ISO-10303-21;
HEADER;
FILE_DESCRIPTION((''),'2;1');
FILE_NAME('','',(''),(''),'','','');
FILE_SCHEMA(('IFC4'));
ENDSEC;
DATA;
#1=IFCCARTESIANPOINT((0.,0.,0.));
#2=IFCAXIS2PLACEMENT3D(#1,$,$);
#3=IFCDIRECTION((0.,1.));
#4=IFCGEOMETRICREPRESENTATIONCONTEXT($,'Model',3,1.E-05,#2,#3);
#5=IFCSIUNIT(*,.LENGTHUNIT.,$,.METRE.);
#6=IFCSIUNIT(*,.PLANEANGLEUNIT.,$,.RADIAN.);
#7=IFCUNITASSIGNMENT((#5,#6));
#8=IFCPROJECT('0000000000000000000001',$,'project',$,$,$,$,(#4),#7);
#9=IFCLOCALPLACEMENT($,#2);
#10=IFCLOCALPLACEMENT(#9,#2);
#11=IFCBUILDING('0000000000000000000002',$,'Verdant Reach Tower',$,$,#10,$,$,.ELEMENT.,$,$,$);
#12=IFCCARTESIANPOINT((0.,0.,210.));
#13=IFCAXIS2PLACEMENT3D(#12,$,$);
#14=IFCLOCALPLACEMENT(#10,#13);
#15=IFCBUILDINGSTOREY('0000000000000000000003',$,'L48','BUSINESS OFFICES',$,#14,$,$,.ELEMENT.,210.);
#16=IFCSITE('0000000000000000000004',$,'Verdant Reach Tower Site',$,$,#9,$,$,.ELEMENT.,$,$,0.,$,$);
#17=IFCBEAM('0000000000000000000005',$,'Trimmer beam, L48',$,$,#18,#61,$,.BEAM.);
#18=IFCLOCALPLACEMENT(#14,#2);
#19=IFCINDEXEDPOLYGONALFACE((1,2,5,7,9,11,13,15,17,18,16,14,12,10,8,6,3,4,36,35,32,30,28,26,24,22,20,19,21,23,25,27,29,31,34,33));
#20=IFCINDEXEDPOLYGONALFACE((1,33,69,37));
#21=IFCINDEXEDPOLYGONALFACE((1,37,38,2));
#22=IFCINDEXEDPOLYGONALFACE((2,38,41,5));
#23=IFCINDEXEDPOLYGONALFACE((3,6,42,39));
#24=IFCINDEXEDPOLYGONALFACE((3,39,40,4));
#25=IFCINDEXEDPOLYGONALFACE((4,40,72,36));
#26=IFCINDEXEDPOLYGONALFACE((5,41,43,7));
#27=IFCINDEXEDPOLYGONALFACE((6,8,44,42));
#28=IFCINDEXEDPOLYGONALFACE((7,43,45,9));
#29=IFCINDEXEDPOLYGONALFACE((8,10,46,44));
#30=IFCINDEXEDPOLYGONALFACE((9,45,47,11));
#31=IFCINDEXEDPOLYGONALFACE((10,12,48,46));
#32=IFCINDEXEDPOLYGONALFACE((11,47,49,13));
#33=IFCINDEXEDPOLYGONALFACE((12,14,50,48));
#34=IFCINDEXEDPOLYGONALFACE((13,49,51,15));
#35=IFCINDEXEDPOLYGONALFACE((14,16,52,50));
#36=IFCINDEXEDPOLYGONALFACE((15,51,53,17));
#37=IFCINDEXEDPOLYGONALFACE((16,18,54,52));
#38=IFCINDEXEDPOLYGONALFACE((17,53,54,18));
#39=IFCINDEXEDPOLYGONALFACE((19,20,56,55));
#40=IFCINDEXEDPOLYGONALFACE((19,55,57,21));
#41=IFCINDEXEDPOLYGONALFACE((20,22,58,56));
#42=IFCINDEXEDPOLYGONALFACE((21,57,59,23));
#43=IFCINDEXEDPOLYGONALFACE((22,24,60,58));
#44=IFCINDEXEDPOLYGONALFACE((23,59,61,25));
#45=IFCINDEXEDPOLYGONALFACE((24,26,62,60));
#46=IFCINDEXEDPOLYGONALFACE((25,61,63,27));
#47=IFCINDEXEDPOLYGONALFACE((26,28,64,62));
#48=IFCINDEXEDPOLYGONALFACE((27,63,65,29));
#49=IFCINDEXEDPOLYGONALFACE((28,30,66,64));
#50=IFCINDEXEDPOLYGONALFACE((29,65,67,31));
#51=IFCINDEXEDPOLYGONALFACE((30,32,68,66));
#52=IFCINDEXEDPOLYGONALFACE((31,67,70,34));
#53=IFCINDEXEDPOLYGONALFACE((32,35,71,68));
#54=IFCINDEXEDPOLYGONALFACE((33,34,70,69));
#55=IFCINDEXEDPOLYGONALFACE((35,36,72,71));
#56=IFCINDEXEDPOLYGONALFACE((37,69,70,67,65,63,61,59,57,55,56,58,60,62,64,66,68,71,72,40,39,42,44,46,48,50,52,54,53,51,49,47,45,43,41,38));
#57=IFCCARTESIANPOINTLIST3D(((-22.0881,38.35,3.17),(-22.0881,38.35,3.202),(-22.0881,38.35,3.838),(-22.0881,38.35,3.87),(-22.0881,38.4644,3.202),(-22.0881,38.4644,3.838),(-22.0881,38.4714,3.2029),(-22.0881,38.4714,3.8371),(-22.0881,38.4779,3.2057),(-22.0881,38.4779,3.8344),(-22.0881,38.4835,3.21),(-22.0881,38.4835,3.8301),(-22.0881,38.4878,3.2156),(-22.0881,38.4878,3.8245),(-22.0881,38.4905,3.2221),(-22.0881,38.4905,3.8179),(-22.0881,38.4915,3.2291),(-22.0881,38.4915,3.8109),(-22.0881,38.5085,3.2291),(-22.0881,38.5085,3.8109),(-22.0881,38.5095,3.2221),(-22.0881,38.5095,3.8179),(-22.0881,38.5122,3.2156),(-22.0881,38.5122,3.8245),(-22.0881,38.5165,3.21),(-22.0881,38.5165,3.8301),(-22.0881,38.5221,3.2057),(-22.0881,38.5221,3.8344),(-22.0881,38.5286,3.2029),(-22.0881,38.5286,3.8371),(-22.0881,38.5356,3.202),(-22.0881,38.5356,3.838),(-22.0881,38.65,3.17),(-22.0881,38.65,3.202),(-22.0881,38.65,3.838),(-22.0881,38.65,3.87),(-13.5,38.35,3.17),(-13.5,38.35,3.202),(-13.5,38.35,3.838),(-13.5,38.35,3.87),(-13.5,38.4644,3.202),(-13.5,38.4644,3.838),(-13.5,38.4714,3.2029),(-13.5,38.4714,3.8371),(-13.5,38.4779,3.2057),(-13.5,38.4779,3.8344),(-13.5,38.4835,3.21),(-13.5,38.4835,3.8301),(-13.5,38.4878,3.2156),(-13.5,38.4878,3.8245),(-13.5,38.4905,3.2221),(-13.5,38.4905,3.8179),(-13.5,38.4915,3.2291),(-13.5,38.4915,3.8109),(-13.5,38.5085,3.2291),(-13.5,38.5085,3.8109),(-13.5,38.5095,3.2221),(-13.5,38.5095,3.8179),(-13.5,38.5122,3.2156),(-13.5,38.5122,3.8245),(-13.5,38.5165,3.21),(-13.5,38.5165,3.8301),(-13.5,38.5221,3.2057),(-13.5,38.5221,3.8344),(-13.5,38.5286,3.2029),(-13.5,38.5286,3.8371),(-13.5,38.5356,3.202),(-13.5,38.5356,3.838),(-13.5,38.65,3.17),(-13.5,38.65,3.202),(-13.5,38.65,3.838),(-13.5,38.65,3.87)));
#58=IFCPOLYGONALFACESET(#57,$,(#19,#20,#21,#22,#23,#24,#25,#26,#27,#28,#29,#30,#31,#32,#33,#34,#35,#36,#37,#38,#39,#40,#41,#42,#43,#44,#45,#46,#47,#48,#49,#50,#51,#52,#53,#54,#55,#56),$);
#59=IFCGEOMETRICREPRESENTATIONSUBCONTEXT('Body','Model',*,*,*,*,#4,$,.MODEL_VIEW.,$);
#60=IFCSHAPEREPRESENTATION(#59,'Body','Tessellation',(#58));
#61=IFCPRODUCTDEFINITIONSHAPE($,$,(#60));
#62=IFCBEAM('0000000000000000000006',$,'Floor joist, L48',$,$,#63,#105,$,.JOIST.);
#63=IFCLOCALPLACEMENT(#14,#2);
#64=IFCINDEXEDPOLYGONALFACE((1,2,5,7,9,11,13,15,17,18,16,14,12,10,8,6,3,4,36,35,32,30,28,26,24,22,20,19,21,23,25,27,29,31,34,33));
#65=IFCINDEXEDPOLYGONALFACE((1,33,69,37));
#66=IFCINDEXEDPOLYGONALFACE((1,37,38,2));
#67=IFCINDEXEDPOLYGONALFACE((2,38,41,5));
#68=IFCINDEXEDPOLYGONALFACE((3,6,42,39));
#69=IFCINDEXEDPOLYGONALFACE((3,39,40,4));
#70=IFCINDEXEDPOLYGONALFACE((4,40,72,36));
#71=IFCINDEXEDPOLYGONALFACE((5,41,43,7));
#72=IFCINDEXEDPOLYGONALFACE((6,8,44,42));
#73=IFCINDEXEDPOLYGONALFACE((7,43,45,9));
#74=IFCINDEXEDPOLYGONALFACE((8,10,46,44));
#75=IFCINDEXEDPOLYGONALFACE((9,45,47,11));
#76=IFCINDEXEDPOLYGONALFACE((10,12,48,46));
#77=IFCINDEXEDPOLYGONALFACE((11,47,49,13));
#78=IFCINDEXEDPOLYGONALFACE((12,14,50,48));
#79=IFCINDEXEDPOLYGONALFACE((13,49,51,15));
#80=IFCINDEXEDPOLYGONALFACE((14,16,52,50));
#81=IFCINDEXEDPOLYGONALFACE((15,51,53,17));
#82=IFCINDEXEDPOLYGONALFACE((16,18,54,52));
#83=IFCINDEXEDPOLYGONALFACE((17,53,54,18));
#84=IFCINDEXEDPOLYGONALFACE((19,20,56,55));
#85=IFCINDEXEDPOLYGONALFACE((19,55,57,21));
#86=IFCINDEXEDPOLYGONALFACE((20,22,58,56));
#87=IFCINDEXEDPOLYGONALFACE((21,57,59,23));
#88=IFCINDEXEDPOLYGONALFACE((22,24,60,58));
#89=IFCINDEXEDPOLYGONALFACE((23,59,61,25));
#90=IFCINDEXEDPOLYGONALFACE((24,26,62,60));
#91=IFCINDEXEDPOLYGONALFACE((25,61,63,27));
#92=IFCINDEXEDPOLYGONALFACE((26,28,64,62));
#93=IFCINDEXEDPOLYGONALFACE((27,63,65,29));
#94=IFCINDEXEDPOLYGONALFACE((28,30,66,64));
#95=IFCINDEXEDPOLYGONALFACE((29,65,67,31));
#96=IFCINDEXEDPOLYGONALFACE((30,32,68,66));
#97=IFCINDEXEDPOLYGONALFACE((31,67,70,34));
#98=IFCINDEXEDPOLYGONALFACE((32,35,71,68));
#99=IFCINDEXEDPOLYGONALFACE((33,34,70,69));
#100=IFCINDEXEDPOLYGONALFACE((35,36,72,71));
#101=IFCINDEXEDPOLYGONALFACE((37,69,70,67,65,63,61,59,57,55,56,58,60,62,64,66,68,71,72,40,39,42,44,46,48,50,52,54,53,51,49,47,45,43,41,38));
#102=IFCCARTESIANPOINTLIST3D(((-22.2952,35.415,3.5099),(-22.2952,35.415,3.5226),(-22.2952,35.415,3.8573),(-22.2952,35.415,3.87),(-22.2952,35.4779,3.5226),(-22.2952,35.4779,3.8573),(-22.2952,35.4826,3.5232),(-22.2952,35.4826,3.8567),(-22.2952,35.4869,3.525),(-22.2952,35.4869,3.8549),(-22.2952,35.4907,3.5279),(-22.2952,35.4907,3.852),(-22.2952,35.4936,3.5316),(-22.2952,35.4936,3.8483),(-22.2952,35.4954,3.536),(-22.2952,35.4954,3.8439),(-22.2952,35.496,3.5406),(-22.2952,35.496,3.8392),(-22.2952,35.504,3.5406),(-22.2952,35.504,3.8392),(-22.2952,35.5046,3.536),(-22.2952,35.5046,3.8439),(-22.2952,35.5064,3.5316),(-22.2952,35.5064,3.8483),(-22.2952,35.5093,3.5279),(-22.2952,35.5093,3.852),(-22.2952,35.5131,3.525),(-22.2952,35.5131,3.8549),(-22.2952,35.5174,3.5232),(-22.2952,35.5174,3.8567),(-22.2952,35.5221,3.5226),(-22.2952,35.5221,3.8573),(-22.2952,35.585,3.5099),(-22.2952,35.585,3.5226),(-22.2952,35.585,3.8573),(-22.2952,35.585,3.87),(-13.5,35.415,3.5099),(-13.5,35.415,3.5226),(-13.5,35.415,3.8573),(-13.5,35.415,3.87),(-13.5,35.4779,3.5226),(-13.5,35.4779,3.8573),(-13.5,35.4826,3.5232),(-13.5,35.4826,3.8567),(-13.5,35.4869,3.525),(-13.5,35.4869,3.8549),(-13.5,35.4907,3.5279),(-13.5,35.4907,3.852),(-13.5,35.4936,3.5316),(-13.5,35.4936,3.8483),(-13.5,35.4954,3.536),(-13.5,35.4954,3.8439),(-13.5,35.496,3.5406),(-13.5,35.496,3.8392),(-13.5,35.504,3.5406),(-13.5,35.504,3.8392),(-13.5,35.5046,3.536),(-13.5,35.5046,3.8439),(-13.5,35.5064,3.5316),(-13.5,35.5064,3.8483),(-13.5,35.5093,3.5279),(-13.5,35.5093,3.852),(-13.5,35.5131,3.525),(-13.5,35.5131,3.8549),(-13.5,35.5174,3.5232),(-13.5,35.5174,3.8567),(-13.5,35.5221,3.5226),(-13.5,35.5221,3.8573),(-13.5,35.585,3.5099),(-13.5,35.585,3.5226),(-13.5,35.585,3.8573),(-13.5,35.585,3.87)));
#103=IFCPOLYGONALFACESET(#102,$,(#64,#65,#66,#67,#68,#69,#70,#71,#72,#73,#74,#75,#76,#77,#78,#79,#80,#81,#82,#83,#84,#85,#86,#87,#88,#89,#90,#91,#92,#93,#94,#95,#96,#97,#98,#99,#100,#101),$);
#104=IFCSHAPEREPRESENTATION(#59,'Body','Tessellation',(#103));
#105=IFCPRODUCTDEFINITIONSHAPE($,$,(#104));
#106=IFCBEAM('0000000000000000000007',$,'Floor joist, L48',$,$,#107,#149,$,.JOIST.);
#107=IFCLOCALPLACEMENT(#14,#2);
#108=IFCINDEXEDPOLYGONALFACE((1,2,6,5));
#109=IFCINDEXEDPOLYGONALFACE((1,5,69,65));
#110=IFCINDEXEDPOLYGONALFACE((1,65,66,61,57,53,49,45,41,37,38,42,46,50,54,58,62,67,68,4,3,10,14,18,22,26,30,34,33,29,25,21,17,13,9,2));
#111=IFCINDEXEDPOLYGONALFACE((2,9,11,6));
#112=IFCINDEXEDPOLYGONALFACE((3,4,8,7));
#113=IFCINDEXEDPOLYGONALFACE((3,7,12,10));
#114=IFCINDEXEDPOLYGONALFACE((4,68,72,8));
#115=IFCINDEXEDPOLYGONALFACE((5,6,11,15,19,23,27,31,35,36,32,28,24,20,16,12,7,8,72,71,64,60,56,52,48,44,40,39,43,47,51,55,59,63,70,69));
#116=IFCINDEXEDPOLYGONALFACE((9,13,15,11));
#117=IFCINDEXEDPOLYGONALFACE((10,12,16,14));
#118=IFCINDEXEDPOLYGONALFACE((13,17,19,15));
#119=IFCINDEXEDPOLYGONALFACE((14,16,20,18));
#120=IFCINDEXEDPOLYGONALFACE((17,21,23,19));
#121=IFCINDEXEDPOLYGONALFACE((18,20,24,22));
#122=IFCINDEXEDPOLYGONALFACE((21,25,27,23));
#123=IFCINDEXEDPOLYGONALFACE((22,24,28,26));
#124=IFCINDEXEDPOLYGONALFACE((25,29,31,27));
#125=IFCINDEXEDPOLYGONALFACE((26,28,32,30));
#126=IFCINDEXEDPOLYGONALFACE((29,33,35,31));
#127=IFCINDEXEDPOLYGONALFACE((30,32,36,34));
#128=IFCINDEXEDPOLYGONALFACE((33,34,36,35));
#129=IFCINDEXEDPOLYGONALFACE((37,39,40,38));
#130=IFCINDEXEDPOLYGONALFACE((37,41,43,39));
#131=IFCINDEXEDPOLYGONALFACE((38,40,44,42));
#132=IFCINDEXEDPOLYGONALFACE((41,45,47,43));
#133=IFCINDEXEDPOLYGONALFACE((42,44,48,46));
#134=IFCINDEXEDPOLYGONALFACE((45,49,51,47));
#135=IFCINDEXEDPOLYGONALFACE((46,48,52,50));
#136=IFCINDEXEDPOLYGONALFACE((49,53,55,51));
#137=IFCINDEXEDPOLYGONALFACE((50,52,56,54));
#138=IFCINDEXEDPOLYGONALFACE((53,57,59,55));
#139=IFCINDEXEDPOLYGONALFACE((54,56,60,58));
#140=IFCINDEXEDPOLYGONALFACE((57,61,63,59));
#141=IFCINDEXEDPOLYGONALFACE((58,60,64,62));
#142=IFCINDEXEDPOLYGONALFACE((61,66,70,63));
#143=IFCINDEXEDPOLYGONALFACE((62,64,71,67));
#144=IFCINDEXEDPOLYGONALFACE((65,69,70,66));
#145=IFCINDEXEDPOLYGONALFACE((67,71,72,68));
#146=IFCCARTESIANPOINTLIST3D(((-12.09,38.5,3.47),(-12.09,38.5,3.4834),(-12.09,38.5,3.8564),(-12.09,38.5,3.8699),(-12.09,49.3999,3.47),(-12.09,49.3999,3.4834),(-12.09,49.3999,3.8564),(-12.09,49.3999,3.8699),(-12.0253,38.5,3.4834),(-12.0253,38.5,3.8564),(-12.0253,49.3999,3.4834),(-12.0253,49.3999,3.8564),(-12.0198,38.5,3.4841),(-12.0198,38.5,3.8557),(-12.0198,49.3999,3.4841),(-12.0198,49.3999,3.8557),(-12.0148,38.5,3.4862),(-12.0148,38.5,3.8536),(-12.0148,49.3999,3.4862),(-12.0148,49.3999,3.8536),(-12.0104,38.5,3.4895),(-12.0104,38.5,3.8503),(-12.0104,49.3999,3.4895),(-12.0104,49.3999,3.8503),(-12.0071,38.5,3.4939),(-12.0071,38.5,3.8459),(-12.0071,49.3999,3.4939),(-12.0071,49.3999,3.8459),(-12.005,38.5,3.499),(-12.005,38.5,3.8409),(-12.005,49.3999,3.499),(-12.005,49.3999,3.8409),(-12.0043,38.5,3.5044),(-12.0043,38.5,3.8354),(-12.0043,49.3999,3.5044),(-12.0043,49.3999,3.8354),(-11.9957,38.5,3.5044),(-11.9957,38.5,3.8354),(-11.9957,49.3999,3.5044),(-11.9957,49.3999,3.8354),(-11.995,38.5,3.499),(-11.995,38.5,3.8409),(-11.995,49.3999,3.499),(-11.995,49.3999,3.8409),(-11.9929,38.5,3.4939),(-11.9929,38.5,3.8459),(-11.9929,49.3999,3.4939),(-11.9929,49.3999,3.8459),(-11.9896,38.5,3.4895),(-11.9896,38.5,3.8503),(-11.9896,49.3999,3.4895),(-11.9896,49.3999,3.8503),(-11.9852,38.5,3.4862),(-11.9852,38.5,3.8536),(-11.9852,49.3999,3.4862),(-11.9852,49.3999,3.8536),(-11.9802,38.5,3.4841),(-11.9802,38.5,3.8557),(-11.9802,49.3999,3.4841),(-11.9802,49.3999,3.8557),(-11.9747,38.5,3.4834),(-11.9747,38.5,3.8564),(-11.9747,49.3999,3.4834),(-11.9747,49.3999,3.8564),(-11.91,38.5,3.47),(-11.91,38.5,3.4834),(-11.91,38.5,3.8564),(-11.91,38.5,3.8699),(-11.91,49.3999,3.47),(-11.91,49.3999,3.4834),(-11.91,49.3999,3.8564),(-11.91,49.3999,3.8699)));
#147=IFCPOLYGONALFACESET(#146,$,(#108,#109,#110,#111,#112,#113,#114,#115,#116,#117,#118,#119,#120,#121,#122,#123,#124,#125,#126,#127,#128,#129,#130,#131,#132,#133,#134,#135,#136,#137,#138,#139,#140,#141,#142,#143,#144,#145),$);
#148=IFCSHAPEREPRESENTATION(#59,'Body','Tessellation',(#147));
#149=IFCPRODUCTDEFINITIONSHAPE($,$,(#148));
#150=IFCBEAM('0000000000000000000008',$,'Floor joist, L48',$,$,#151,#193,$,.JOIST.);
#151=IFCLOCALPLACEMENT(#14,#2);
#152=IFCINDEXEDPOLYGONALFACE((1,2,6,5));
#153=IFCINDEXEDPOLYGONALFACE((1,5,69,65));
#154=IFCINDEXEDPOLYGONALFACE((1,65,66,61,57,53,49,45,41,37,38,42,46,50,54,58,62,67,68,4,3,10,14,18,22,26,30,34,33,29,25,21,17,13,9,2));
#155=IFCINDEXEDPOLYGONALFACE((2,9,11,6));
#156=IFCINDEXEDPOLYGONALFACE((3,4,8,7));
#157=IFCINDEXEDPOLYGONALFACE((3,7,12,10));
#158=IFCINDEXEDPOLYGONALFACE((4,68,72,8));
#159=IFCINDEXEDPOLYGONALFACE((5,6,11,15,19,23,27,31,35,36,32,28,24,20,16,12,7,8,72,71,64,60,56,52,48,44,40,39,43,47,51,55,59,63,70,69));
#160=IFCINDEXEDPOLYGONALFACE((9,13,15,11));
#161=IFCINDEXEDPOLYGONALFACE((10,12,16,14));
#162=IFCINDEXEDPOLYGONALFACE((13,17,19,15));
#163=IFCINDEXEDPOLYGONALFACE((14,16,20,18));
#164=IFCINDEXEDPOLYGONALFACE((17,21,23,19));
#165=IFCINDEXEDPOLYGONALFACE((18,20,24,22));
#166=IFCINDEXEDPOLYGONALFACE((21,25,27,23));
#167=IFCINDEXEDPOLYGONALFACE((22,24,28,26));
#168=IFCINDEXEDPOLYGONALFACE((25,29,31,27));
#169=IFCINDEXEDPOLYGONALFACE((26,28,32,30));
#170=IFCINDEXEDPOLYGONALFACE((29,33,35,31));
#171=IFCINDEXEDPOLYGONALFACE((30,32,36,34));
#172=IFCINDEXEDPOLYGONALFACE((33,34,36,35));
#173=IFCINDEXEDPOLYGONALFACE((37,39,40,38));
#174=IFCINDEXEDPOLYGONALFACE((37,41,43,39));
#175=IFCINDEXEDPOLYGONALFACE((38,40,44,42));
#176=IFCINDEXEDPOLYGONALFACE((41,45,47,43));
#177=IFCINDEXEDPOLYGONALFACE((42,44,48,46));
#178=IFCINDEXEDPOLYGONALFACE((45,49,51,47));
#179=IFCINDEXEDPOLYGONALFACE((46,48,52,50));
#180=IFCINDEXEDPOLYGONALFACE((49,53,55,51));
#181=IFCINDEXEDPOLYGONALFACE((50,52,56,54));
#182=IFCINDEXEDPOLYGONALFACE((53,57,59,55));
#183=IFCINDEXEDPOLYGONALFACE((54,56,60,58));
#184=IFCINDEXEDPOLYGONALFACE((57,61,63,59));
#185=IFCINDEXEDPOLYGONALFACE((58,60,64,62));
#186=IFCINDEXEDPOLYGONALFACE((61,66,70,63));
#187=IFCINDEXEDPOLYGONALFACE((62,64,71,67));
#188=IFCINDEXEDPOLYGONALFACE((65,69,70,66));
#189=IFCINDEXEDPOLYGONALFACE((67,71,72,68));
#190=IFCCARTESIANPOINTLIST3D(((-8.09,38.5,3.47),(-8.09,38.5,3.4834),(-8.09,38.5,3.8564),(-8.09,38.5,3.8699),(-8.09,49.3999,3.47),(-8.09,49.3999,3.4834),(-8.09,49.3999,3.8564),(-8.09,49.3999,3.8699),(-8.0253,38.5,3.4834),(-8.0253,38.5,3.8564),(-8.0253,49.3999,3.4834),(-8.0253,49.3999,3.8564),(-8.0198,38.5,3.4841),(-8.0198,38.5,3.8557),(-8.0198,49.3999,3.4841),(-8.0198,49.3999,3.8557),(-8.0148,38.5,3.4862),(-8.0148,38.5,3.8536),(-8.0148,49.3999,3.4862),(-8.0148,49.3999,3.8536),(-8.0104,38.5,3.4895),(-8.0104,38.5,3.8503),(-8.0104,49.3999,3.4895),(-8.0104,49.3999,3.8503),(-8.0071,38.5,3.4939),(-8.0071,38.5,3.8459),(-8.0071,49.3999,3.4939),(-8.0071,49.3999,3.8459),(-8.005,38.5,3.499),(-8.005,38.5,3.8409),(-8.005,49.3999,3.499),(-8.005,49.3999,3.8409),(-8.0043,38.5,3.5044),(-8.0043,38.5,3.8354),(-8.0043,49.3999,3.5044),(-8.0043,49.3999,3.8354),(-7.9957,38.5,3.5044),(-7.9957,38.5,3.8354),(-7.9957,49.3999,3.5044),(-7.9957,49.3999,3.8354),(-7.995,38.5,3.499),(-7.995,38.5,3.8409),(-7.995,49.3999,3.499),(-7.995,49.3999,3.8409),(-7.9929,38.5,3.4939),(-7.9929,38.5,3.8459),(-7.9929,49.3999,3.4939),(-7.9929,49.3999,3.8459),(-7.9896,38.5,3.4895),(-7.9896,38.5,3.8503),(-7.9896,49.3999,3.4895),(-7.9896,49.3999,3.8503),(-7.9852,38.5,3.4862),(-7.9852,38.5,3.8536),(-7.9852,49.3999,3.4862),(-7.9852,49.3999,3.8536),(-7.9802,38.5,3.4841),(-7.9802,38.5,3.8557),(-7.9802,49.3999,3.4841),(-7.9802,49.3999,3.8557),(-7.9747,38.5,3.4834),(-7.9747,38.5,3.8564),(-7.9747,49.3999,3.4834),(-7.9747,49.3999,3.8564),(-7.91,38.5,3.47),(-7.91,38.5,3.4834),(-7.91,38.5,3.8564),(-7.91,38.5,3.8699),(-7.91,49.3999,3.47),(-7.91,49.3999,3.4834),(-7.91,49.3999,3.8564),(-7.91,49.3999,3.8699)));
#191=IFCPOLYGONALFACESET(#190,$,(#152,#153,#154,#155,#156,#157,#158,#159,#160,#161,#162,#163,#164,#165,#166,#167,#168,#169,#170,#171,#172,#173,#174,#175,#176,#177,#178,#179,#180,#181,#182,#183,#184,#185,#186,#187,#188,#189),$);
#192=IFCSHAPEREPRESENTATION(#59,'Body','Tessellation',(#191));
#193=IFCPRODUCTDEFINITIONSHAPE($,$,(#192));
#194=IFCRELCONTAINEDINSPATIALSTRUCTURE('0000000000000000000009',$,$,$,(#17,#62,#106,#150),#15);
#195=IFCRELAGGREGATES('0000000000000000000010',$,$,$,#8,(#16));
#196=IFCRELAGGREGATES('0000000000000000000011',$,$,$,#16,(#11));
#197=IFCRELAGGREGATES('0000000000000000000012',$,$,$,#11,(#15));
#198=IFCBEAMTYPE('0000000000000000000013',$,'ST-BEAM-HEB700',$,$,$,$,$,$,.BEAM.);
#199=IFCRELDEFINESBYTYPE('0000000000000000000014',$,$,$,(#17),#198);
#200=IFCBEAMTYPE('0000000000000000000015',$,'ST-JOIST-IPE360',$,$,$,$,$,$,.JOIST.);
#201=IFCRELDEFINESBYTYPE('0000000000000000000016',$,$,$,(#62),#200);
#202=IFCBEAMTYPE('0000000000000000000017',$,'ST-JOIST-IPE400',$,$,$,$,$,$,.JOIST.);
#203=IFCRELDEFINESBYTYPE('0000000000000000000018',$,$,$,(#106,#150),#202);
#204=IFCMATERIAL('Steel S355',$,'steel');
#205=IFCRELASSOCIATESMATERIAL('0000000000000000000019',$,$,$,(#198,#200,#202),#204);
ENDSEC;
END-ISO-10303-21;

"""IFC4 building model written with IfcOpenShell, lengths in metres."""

from ifc_helpers import new_model, si_unit, direction, frame, origin, origin_2d, place, context, subcontext, project, spatial, i_section, extrude, material, material_profile, profile_set, type_object, element, save


model = new_model("IFC4")

# Units and contexts
model_context = context("Model", 3, precision=1e-05, world=origin(), true_north=direction((0.0, 1.0)))
body_context = subcontext(model_context, "Body", "Model", "MODEL_VIEW")
ifc_project = project(units=[si_unit("LENGTHUNIT", "METRE"), si_unit("PLANEANGLEUNIT", "RADIAN")], contexts=[model_context])

# Site, building, storey
site_placement = place(None, origin())
site = spatial("IfcSite", under=ifc_project, at=site_placement, Name="Verdant Reach Tower Site", CompositionType="ELEMENT", RefElevation=0.0)
building_placement = place(site_placement, origin())
building = spatial("IfcBuilding", under=site, at=building_placement, Name="Verdant Reach Tower", CompositionType="ELEMENT")
storey_placement = place(building_placement, frame((0.0, 0.0, 210.0)))
storey = spatial("IfcBuildingStorey", under=building, at=storey_placement, Name="L48", Description="BUSINESS OFFICES", CompositionType="ELEMENT", Elevation=210.0)

# Beams
ifc_material_1 = material(Name="Steel S355", Category="steel")
ifc_material_profile_1 = material_profile(ifc_material_1, i_section(OverallWidth=0.3, OverallDepth=0.7, WebThickness=0.0171, FlangeThickness=0.032, FilletRadius=0.0271, at=origin_2d()), Name="HEB 700")
ifc_profile_set_1 = profile_set([ifc_material_profile_1], Name="Steel S355")
beam_type_1 = type_object("IfcBeamType", Name="ST-BEAM-HEB700", PredefinedType="BEAM", material=ifc_profile_set_1)
beam_1_placement = place(storey_placement, frame((-13.5, 38.5, 3.52), z_axis=(-1.0, 0.0, 0.0), x_axis=(0.0, -1.0, 0.0)))
element("IfcBeam", 1, at=beam_1_placement, inside=storey, type_object=beam_type_1, Name="Trimmer beam, L48", PredefinedType="BEAM", context=body_context, shape_type="SweptSolid", body=[
    extrude(i_section(OverallWidth=0.3, OverallDepth=0.7, WebThickness=0.0171, FlangeThickness=0.032, FilletRadius=0.0271, at=origin_2d()), origin(), (0.0, 0.0, 1.0), 8.5881),
])
ifc_material_profile_2 = material_profile(ifc_material_1, i_section(OverallWidth=0.1699, OverallDepth=0.3601, WebThickness=0.0081, FlangeThickness=0.0127, FilletRadius=0.0181, at=origin_2d()), Name="IPE 360")
ifc_profile_set_2 = profile_set([ifc_material_profile_2], Name="Steel S355")
beam_type_2 = type_object("IfcBeamType", Name="ST-JOIST-IPE360", PredefinedType="JOIST", material=ifc_profile_set_2)
beam_2_placement = place(storey_placement, frame((-13.5, 35.5, 3.6899), z_axis=(-1.0, 0.0, 0.0), x_axis=(0.0, -1.0, 0.0)))
element("IfcBeam", 2, at=beam_2_placement, inside=storey, type_object=beam_type_2, Name="Floor joist, L48", PredefinedType="JOIST", context=body_context, shape_type="SweptSolid", body=[
    extrude(i_section(OverallWidth=0.1699, OverallDepth=0.3601, WebThickness=0.0081, FlangeThickness=0.0127, FilletRadius=0.0181, at=origin_2d()), origin(), (0.0, 0.0, 1.0), 8.7952),
])
ifc_material_profile_3 = material_profile(ifc_material_1, i_section(OverallWidth=0.1799, OverallDepth=0.3999, WebThickness=0.0085, FlangeThickness=0.0134, FilletRadius=0.021, at=origin_2d()), Name="IPE 400")
ifc_profile_set_3 = profile_set([ifc_material_profile_3], Name="Steel S355")
beam_type_3 = type_object("IfcBeamType", Name="ST-JOIST-IPE400", PredefinedType="JOIST", material=ifc_profile_set_3)
for number, where, z_axis, x_axis, name in (
    (3, (-12.0, 38.5, 3.6699), (0.0, 1.0, 0.0), (-1.0, 0.0, 0.0), "Floor joist, L48"),
    (4, (-8.0, 38.5, 3.6699), (0.0, 1.0, 0.0), (-1.0, 0.0, 0.0), "Floor joist, L48"),
):
    element("IfcBeam", number, at=place(storey_placement, frame(where, z_axis=z_axis, x_axis=x_axis)), inside=storey, type_object=beam_type_3, Name=name, PredefinedType="JOIST", context=body_context, shape_type="SweptSolid", body=[
        extrude(i_section(OverallWidth=0.1799, OverallDepth=0.3999, WebThickness=0.0085, FlangeThickness=0.0134, FilletRadius=0.021, at=origin_2d()), origin(), (0.0, 0.0, 1.0), 10.8999),
    ])

save(model, "model.ifc")
